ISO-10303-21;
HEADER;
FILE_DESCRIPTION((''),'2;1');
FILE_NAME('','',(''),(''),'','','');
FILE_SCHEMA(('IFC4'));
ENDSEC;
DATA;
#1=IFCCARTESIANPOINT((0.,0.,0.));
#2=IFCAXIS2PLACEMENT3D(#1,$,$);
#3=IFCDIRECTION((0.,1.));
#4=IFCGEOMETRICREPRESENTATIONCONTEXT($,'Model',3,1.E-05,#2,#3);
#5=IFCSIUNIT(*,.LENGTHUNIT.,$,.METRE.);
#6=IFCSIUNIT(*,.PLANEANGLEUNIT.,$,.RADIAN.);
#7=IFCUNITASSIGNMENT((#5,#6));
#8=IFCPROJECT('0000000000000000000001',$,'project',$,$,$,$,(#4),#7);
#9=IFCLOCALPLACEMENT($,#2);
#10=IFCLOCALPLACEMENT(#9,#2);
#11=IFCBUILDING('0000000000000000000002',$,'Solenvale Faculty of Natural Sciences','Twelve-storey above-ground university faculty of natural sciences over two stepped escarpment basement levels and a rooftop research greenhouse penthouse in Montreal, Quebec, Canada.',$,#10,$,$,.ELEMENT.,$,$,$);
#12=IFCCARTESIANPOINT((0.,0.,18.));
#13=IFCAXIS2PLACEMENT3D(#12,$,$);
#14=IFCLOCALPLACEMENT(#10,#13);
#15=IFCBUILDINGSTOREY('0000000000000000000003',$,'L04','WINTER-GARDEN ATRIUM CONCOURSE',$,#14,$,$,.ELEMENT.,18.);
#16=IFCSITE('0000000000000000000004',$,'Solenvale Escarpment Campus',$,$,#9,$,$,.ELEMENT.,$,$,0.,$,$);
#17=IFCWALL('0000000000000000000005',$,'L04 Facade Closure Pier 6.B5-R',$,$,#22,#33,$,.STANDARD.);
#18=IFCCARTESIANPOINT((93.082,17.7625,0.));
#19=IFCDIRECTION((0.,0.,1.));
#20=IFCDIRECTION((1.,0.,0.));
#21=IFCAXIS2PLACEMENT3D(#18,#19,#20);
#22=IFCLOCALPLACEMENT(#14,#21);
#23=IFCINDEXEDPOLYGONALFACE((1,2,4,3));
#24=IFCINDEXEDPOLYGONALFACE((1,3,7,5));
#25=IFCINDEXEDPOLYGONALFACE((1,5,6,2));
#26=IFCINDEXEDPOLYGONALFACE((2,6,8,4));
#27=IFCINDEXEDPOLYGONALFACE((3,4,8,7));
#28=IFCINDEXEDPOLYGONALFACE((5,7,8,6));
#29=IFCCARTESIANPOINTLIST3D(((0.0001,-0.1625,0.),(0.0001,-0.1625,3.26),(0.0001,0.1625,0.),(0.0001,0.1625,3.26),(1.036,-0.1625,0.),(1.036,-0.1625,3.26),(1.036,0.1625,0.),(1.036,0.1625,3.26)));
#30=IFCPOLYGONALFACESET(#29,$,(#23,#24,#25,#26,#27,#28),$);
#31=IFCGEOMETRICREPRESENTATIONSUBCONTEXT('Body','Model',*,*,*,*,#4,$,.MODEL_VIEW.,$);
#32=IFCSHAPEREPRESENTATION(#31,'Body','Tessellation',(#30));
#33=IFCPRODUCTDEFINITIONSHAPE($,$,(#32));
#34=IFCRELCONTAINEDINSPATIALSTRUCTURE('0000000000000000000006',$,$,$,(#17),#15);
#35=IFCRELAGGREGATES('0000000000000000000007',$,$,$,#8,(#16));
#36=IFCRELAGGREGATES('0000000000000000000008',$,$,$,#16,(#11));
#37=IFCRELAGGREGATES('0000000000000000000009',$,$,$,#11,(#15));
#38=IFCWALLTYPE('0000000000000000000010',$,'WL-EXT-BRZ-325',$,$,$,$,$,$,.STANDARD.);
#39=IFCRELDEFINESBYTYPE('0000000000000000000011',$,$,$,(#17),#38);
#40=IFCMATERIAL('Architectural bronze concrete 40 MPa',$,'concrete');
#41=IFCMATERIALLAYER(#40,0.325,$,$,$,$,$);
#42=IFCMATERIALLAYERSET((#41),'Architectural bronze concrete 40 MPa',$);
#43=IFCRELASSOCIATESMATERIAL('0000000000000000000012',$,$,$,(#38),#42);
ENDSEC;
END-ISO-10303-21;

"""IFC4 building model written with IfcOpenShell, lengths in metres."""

from ifc_helpers import new_model, si_unit, direction, frame, frame_2d, origin, place, context, subcontext, project, spatial, rectangle, extrude, material, layer, layer_set, type_object, element, save


model = new_model("IFC4")

# Units and contexts
model_context = context("Model", 3, precision=1e-05, world=origin(), true_north=direction((0.0, 1.0)))
body_context = subcontext(model_context, "Body", "Model", "MODEL_VIEW")
ifc_project = project(units=[si_unit("LENGTHUNIT", "METRE"), si_unit("PLANEANGLEUNIT", "RADIAN")], contexts=[model_context])

# Site, building, storey
site_placement = place(None, origin())
site = spatial("IfcSite", under=ifc_project, at=site_placement, Name="Solenvale Escarpment Campus", CompositionType="ELEMENT", RefElevation=0.0)
building_placement = place(site_placement, origin())
building = spatial("IfcBuilding", under=site, at=building_placement, Name="Solenvale Faculty of Natural Sciences", Description="Twelve-storey above-ground university faculty of natural sciences over two stepped escarpment basement levels and a rooftop research greenhouse penthouse in Montreal, Quebec, Canada.", CompositionType="ELEMENT")
storey_placement = place(building_placement, frame((0.0, 0.0, 18.0)))
storey = spatial("IfcBuildingStorey", under=building, at=storey_placement, Name="L04", Description="WINTER-GARDEN ATRIUM CONCOURSE", CompositionType="ELEMENT", Elevation=18.0)

# Shared definitions
ifc_material_1 = material(Name="Architectural bronze concrete 40 MPa", Category="concrete")

# Wall
ifc_layer_1 = layer(ifc_material_1, 0.325)
ifc_layer_set_1 = layer_set([ifc_layer_1], Name="Architectural bronze concrete 40 MPa")
wall_type = type_object("IfcWallType", Name="WL-EXT-BRZ-325", PredefinedType="STANDARD", material=ifc_layer_set_1)
wall_placement = place(storey_placement, frame((93.082, 17.7625, 0.0), z_axis=(0.0, 0.0, 1.0), x_axis=(1.0, 0.0, 0.0)))
element("IfcWall", 1, at=wall_placement, inside=storey, type_object=wall_type, Name="L04 Facade Closure Pier 6.B5-R", PredefinedType="STANDARD", context=body_context, shape_type="SweptSolid", body=[
    extrude(rectangle(XDim=1.0359, YDim=0.325, at=frame_2d((0.5181, 0.0))), origin(), (0.0, 0.0, 1.0), 3.26),
])

save(model, "model.ifc")
